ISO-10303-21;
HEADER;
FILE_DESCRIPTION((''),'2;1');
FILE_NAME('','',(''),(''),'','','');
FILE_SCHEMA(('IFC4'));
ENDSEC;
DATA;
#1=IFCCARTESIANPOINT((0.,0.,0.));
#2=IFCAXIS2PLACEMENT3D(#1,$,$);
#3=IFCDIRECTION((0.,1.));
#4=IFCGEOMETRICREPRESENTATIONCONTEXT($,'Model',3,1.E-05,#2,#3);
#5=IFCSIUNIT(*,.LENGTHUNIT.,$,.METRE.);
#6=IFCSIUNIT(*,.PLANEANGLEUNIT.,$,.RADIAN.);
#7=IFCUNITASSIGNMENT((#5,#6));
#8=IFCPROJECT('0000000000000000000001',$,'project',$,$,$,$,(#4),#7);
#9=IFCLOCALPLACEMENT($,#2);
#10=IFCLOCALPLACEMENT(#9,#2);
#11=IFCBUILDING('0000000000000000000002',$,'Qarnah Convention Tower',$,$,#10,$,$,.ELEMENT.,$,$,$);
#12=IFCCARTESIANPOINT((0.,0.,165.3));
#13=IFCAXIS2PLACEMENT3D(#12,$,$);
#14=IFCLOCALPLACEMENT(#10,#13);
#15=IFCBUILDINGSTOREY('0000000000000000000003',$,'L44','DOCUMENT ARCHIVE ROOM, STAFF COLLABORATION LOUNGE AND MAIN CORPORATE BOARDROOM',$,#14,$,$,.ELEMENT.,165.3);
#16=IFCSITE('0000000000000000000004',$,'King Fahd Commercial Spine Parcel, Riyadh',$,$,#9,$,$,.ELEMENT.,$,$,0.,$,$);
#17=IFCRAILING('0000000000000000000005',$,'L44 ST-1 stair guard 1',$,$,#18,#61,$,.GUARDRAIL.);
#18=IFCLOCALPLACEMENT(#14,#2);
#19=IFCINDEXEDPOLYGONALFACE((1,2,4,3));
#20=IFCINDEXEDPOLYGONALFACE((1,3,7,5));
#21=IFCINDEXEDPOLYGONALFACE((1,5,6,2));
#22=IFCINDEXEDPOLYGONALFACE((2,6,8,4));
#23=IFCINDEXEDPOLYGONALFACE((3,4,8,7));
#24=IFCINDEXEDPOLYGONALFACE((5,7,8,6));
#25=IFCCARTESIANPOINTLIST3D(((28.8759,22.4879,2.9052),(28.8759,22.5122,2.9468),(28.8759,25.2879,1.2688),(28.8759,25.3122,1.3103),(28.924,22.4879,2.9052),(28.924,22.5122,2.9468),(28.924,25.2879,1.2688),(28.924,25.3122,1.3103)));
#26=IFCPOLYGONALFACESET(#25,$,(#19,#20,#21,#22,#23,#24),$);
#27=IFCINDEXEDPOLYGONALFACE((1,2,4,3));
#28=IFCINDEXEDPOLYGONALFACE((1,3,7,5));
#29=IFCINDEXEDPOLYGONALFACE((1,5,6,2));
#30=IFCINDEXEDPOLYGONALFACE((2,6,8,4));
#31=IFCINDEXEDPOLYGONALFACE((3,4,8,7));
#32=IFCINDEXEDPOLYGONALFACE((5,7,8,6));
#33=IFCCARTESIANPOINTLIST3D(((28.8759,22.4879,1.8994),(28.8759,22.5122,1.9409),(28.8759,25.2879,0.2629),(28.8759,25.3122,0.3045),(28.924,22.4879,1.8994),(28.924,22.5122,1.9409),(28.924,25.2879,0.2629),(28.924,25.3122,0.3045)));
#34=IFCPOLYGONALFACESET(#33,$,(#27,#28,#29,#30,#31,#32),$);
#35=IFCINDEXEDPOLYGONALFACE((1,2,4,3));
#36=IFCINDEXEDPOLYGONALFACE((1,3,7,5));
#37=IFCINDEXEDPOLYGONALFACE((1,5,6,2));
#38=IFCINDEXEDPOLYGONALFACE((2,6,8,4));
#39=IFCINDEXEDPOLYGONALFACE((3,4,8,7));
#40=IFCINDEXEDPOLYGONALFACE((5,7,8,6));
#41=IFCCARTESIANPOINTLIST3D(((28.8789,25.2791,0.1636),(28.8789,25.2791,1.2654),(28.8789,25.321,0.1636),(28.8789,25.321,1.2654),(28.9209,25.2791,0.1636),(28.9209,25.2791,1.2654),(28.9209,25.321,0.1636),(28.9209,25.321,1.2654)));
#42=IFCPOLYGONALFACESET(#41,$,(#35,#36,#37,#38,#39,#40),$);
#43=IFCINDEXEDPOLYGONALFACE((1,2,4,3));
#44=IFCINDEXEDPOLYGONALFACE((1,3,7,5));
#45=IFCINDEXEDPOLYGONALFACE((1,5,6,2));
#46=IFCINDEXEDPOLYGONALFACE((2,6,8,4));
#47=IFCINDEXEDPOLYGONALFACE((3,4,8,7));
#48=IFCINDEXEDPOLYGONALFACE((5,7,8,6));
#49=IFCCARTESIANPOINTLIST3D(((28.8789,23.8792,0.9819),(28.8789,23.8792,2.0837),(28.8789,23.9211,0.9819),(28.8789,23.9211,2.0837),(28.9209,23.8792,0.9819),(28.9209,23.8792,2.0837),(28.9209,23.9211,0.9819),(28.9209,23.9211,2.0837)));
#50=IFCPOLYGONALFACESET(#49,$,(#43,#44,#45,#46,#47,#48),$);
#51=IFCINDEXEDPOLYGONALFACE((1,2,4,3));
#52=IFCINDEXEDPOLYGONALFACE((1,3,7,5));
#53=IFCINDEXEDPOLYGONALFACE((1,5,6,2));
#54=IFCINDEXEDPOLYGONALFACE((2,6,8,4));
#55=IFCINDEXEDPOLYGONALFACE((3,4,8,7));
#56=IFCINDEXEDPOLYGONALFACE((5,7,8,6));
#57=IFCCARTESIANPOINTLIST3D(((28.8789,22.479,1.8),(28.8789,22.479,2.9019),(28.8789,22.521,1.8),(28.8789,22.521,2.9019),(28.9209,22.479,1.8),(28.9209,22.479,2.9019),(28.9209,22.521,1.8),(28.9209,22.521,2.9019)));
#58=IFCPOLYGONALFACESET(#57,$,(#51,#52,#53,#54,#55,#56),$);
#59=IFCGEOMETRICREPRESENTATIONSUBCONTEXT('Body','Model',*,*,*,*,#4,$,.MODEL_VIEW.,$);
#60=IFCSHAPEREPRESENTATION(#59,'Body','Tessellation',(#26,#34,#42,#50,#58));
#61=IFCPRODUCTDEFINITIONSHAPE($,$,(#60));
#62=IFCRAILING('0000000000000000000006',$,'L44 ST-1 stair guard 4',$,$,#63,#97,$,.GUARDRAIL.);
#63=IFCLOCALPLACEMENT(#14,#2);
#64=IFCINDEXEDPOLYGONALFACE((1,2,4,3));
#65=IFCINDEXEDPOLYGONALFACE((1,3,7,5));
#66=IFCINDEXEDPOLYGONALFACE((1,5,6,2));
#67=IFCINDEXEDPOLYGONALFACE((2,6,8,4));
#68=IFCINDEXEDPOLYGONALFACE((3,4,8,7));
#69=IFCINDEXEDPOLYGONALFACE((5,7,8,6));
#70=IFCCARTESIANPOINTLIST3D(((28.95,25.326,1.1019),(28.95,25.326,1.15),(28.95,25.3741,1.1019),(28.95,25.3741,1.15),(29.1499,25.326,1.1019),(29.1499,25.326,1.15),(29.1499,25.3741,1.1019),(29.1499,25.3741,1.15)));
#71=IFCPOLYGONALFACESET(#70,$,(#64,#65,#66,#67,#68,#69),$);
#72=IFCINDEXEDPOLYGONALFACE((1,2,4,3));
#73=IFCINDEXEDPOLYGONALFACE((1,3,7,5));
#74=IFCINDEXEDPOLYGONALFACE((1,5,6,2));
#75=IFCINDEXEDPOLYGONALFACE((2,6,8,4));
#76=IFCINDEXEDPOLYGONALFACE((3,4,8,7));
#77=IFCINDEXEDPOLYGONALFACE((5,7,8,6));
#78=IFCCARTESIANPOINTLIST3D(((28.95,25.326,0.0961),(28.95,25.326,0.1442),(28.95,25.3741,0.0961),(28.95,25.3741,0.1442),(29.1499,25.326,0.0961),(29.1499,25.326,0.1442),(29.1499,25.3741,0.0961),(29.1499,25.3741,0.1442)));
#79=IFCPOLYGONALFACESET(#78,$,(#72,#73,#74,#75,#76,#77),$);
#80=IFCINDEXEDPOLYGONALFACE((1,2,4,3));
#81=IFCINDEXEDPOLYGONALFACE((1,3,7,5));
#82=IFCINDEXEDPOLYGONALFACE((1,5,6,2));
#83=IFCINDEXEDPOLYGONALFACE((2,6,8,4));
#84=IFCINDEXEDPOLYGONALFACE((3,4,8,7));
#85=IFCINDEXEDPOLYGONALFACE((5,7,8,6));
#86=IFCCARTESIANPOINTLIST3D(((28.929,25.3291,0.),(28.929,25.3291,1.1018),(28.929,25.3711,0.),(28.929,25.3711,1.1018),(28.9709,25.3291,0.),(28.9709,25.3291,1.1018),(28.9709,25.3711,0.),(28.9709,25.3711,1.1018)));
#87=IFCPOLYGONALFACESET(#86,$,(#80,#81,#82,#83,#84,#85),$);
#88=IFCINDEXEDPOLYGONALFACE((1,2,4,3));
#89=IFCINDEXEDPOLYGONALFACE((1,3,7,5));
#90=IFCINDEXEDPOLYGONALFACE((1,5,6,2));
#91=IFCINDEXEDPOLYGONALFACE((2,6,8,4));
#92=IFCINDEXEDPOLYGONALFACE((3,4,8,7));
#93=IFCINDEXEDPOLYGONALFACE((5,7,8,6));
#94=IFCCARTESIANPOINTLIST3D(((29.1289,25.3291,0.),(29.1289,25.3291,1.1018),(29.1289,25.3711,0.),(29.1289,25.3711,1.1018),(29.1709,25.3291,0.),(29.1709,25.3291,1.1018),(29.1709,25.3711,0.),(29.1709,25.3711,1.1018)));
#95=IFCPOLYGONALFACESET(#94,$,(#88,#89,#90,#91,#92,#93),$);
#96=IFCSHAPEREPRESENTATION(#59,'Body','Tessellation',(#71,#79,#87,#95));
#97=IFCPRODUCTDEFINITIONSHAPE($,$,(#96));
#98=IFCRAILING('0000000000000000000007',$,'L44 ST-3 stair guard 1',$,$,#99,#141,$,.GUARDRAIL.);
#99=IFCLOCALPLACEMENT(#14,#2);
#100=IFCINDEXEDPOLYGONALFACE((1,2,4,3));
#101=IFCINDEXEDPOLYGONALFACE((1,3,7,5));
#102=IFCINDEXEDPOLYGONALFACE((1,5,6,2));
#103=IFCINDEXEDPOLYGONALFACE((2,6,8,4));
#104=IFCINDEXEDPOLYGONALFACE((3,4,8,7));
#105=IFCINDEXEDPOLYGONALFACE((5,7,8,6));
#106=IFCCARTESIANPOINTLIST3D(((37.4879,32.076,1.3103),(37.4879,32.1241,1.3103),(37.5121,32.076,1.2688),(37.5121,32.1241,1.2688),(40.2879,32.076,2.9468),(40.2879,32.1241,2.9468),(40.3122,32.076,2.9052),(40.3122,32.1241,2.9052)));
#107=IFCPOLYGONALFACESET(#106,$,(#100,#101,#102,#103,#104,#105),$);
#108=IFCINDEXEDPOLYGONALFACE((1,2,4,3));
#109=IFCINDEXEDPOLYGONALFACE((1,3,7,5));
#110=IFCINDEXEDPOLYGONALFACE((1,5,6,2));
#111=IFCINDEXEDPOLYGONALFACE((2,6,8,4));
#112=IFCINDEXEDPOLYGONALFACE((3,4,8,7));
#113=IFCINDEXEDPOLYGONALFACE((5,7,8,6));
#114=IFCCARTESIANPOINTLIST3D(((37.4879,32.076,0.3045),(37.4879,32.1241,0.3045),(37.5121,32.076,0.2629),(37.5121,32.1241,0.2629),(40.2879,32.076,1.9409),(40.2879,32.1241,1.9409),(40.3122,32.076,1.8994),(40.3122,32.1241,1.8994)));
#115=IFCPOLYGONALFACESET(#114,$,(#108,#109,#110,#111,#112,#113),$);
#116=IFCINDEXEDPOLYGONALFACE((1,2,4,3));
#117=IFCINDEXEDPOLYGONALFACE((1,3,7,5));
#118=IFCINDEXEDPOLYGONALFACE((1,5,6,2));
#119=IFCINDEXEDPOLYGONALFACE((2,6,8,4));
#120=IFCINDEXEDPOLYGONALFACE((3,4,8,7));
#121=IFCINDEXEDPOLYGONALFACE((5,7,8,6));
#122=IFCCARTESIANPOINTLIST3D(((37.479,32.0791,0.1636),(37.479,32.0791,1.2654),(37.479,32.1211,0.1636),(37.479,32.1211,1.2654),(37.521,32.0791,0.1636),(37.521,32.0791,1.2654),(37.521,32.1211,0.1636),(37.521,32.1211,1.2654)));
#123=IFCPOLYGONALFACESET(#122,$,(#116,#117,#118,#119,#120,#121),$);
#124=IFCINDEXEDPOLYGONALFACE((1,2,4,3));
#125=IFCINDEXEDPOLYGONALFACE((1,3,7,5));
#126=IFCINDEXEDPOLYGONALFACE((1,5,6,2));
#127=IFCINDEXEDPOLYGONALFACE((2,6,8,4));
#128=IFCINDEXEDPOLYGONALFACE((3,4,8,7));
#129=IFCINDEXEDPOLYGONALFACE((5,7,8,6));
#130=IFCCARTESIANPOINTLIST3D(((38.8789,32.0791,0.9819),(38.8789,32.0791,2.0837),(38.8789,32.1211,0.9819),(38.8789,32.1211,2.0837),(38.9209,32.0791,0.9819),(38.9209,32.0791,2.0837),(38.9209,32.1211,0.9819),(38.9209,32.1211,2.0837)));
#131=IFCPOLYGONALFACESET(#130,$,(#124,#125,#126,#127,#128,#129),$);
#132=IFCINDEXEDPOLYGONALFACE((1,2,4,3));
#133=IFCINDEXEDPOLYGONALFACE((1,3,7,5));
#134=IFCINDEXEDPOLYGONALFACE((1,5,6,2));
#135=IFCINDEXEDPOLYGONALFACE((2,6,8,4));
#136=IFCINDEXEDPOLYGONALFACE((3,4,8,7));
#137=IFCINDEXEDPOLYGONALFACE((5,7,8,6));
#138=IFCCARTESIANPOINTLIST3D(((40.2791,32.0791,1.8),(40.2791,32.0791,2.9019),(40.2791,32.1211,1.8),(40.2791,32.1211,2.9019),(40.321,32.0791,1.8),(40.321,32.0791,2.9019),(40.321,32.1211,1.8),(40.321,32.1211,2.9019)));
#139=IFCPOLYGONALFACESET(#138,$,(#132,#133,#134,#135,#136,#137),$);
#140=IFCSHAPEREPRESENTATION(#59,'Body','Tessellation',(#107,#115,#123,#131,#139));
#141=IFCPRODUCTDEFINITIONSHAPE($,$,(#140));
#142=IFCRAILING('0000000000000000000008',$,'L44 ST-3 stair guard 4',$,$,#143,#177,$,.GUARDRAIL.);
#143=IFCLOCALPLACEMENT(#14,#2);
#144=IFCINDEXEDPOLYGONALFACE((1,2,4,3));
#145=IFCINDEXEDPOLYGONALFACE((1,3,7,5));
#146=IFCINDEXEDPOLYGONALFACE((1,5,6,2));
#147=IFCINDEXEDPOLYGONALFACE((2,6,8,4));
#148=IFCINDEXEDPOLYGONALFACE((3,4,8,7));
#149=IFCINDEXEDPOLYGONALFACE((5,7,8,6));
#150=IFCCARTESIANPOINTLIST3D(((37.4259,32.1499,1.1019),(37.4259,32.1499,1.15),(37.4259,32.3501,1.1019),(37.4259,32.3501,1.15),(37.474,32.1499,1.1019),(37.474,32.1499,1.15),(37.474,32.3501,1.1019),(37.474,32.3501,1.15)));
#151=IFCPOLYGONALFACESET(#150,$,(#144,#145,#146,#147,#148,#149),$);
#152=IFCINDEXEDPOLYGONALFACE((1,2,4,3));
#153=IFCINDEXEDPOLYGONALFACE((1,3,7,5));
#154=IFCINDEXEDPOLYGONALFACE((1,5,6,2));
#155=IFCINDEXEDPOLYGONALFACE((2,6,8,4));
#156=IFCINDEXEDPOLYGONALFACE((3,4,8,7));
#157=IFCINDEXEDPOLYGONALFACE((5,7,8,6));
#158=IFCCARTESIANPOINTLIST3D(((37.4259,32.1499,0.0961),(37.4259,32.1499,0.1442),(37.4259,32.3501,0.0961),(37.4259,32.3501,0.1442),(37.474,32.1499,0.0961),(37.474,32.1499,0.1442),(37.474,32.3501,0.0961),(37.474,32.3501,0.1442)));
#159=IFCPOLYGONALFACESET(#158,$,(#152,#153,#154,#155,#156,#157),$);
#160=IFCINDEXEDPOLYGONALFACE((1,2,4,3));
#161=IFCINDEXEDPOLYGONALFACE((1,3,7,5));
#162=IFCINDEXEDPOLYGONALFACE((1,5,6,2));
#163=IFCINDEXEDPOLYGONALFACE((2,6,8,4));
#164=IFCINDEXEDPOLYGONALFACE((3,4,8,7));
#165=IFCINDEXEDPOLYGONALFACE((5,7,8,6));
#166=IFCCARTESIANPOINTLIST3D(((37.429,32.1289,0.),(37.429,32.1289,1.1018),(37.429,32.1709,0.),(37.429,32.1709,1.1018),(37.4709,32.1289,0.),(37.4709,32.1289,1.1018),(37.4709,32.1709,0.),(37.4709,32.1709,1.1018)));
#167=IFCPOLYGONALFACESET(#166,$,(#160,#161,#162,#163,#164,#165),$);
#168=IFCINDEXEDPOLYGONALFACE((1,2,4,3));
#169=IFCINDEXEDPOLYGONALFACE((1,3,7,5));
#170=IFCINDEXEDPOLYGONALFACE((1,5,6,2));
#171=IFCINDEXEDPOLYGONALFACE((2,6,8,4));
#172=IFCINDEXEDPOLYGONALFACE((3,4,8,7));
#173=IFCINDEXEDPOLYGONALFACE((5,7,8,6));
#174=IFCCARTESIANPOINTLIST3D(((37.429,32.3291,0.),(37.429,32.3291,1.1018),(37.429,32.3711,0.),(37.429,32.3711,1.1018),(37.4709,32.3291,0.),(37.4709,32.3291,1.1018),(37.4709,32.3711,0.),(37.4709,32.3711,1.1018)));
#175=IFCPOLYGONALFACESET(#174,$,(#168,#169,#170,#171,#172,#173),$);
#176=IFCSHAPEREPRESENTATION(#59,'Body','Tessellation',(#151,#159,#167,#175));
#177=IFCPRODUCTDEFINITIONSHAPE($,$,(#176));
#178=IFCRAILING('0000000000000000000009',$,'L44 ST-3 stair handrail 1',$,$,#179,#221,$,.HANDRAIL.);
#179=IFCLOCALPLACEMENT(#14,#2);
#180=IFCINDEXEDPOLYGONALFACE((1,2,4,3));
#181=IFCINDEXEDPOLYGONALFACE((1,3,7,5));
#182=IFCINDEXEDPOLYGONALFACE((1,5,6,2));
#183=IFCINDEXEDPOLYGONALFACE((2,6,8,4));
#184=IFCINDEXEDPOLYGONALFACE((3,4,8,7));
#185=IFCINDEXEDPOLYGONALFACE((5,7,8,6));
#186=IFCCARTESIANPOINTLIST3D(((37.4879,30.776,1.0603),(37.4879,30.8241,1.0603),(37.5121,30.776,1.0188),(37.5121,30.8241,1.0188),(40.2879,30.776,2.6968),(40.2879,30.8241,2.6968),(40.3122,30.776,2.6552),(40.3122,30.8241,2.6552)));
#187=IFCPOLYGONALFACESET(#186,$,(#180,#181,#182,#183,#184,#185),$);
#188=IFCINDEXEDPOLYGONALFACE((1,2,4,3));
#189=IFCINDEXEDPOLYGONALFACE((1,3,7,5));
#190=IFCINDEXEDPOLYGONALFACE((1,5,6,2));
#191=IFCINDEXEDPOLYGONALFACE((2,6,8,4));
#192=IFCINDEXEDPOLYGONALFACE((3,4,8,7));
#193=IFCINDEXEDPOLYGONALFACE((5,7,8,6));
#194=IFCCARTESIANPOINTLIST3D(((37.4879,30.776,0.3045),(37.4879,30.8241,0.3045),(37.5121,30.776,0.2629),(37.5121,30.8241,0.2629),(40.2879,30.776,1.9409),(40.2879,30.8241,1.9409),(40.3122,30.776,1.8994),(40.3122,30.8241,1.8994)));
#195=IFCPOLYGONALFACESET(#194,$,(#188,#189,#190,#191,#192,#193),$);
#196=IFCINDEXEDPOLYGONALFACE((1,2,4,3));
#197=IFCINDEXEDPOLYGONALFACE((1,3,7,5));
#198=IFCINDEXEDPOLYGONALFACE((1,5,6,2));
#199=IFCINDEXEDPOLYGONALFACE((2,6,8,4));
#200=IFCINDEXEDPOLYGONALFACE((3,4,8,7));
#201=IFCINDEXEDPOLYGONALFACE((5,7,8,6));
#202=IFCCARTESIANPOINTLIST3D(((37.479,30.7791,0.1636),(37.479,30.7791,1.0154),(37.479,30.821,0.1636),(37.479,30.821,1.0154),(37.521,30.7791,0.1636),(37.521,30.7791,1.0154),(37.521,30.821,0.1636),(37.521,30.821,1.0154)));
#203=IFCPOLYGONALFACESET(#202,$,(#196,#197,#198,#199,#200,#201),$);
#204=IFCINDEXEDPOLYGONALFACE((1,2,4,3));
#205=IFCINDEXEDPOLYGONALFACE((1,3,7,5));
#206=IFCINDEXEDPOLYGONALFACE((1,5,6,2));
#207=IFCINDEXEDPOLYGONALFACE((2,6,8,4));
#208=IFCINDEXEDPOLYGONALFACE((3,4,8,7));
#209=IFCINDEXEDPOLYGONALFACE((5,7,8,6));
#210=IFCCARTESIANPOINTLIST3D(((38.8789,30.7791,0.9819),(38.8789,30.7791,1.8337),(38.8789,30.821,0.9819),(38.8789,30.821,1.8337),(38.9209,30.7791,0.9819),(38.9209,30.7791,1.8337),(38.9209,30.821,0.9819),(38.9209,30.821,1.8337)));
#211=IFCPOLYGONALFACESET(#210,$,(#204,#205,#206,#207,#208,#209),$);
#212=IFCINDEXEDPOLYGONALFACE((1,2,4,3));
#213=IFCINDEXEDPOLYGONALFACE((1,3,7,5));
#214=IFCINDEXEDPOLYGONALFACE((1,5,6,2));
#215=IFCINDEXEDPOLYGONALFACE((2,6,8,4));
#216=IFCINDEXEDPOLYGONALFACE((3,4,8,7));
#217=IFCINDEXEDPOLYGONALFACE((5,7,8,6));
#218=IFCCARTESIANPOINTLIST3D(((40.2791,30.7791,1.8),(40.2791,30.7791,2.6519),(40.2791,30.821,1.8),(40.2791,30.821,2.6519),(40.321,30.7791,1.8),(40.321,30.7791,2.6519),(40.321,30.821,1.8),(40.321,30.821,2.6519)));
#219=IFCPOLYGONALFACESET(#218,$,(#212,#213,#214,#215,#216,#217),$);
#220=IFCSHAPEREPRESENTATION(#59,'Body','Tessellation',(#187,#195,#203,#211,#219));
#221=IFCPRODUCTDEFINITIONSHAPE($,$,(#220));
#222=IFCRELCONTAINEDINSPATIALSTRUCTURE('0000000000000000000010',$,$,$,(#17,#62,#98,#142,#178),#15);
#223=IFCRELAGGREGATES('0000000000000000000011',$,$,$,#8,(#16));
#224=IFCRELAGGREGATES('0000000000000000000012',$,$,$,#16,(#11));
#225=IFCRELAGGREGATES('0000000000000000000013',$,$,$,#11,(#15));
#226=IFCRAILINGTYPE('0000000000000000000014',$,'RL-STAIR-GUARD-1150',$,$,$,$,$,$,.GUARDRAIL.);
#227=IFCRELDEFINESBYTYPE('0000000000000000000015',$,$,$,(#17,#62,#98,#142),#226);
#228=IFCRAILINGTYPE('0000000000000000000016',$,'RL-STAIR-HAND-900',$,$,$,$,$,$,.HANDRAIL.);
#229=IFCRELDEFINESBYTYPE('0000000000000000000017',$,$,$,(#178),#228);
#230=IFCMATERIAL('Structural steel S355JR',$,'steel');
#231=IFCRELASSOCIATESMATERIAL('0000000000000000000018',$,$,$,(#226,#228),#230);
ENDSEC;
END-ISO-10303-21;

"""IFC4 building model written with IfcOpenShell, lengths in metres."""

from ifc_helpers import new_model, si_unit, direction, frame, origin, origin_2d, place, context, subcontext, project, spatial, rectangle, extrude, material, type_object, element, save


model = new_model("IFC4")

# Units and contexts
model_context = context("Model", 3, precision=1e-05, world=origin(), true_north=direction((0.0, 1.0)))
body_context = subcontext(model_context, "Body", "Model", "MODEL_VIEW")
ifc_project = project(units=[si_unit("LENGTHUNIT", "METRE"), si_unit("PLANEANGLEUNIT", "RADIAN")], contexts=[model_context])

# Site, building, storey
site_placement = place(None, origin())
site = spatial("IfcSite", under=ifc_project, at=site_placement, Name="King Fahd Commercial Spine Parcel, Riyadh", CompositionType="ELEMENT", RefElevation=0.0)
building_placement = place(site_placement, origin())
building = spatial("IfcBuilding", under=site, at=building_placement, Name="Qarnah Convention Tower", CompositionType="ELEMENT")
storey_placement = place(building_placement, frame((0.0, 0.0, 165.3)))
storey = spatial("IfcBuildingStorey", under=building, at=storey_placement, Name="L44", Description="DOCUMENT ARCHIVE ROOM, STAFF COLLABORATION LOUNGE AND MAIN CORPORATE BOARDROOM", CompositionType="ELEMENT", Elevation=165.3)

# Shared definitions
ifc_material_1 = material(Name="Structural steel S355JR", Category="steel")

# Railings
railing_type_1 = type_object("IfcRailingType", Name="RL-STAIR-GUARD-1150", PredefinedType="GUARDRAIL", material=ifc_material_1)
railing_1_placement = place(storey_placement, frame((28.8999, 25.3, 0.1636)))
element("IfcRailing", 1, at=railing_1_placement, inside=storey, type_object=railing_type_1, Name="L44 ST-1 stair guard 1", PredefinedType="GUARDRAIL", context=body_context, shape_type="SweptSolid", body=[
    extrude(rectangle(XDim=0.0481, YDim=0.0481, at=origin_2d()), frame((0.0, 0.0, 1.126), z_axis=(0.0, -0.863361, 0.504587), x_axis=(1.0, 0.0, 0.0)), (0.0, 0.0, 1.0), 3.2432),
    extrude(rectangle(XDim=0.0481, YDim=0.0481, at=origin_2d()), frame((0.0, 0.0, 0.1201), z_axis=(0.0, -0.863361, 0.504587), x_axis=(1.0, 0.0, 0.0)), (0.0, 0.0, 1.0), 3.2432),
    extrude(rectangle(XDim=0.042, YDim=0.042, at=origin_2d()), origin(), (0.0, 0.0, 1.0), 1.1018),
    extrude(rectangle(XDim=0.042, YDim=0.042, at=origin_2d()), frame((0.0, -1.3999, 0.8184)), (0.0, 0.0, 1.0), 1.1018),
    extrude(rectangle(XDim=0.042, YDim=0.042, at=origin_2d()), frame((0.0, -2.8, 1.6365)), (0.0, 0.0, 1.0), 1.1018),
])
railing_2_placement = place(storey_placement, frame((28.95, 25.3501, 0.0)))
element("IfcRailing", 2, at=railing_2_placement, inside=storey, type_object=railing_type_1, Name="L44 ST-1 stair guard 4", PredefinedType="GUARDRAIL", context=body_context, shape_type="SweptSolid", body=[
    extrude(rectangle(XDim=0.0481, YDim=0.0481, at=origin_2d()), frame((0.0, 0.0, 1.126), z_axis=(1.0, 0.0, 0.0), x_axis=(0.0, 1.0, 0.0)), (0.0, 0.0, 1.0), 0.2),
    extrude(rectangle(XDim=0.0481, YDim=0.0481, at=origin_2d()), frame((0.0, 0.0, 0.1201), z_axis=(1.0, 0.0, 0.0), x_axis=(0.0, 1.0, 0.0)), (0.0, 0.0, 1.0), 0.2),
    extrude(rectangle(XDim=0.042, YDim=0.042, at=origin_2d()), origin(), (0.0, 0.0, 1.0), 1.1018),
    extrude(rectangle(XDim=0.042, YDim=0.042, at=origin_2d()), frame((0.2, 0.0, 0.0)), (0.0, 0.0, 1.0), 1.1018),
])
railing_3_placement = place(storey_placement, frame((37.5, 32.1001, 0.1636)))
element("IfcRailing", 3, at=railing_3_placement, inside=storey, type_object=railing_type_1, Name="L44 ST-3 stair guard 1", PredefinedType="GUARDRAIL", context=body_context, shape_type="SweptSolid", body=[
    extrude(rectangle(XDim=0.0481, YDim=0.0481, at=origin_2d()), frame((0.0, 0.0, 1.126), z_axis=(0.863361, 0.0, 0.504587), x_axis=(0.0, 1.0, 0.0)), (0.0, 0.0, 1.0), 3.2432),
    extrude(rectangle(XDim=0.0481, YDim=0.0481, at=origin_2d()), frame((0.0, 0.0, 0.1201), z_axis=(0.863361, 0.0, 0.504587), x_axis=(0.0, 1.0, 0.0)), (0.0, 0.0, 1.0), 3.2432),
    extrude(rectangle(XDim=0.042, YDim=0.042, at=origin_2d()), origin(), (0.0, 0.0, 1.0), 1.1018),
    extrude(rectangle(XDim=0.042, YDim=0.042, at=origin_2d()), frame((1.3999, 0.0, 0.8184)), (0.0, 0.0, 1.0), 1.1018),
    extrude(rectangle(XDim=0.042, YDim=0.042, at=origin_2d()), frame((2.8, 0.0, 1.6365)), (0.0, 0.0, 1.0), 1.1018),
])
railing_4_placement = place(storey_placement, frame((37.45, 32.1499, 0.0)))
element("IfcRailing", 4, at=railing_4_placement, inside=storey, type_object=railing_type_1, Name="L44 ST-3 stair guard 4", PredefinedType="GUARDRAIL", context=body_context, shape_type="SweptSolid", body=[
    extrude(rectangle(XDim=0.0481, YDim=0.0481, at=origin_2d()), frame((0.0, 0.0, 1.126), z_axis=(0.0, 1.0, 0.0), x_axis=(-1.0, 0.0, 0.0)), (0.0, 0.0, 1.0), 0.2002),
    extrude(rectangle(XDim=0.0481, YDim=0.0481, at=origin_2d()), frame((0.0, 0.0, 0.1201), z_axis=(0.0, 1.0, 0.0), x_axis=(-1.0, 0.0, 0.0)), (0.0, 0.0, 1.0), 0.2002),
    extrude(rectangle(XDim=0.042, YDim=0.042, at=origin_2d()), origin(), (0.0, 0.0, 1.0), 1.1018),
    extrude(rectangle(XDim=0.042, YDim=0.042, at=origin_2d()), frame((0.0, 0.2002, 0.0)), (0.0, 0.0, 1.0), 1.1018),
])
railing_type_2 = type_object("IfcRailingType", Name="RL-STAIR-HAND-900", PredefinedType="HANDRAIL", material=ifc_material_1)
railing_5_placement = place(storey_placement, frame((37.5, 30.8, 0.1636)))
element("IfcRailing", 5, at=railing_5_placement, inside=storey, type_object=railing_type_2, Name="L44 ST-3 stair handrail 1", PredefinedType="HANDRAIL", context=body_context, shape_type="SweptSolid", body=[
    extrude(rectangle(XDim=0.0481, YDim=0.0481, at=origin_2d()), frame((0.0, 0.0, 0.876), z_axis=(0.863361, 0.0, 0.504587), x_axis=(0.0, 1.0, 0.0)), (0.0, 0.0, 1.0), 3.2432),
    extrude(rectangle(XDim=0.0481, YDim=0.0481, at=origin_2d()), frame((0.0, 0.0, 0.1201), z_axis=(0.863361, 0.0, 0.504587), x_axis=(0.0, 1.0, 0.0)), (0.0, 0.0, 1.0), 3.2432),
    extrude(rectangle(XDim=0.042, YDim=0.042, at=origin_2d()), origin(), (0.0, 0.0, 1.0), 0.8518),
    extrude(rectangle(XDim=0.042, YDim=0.042, at=origin_2d()), frame((1.3999, 0.0, 0.8184)), (0.0, 0.0, 1.0), 0.8518),
    extrude(rectangle(XDim=0.042, YDim=0.042, at=origin_2d()), frame((2.8, 0.0, 1.6365)), (0.0, 0.0, 1.0), 0.8518),
])

save(model, "model.ifc")
